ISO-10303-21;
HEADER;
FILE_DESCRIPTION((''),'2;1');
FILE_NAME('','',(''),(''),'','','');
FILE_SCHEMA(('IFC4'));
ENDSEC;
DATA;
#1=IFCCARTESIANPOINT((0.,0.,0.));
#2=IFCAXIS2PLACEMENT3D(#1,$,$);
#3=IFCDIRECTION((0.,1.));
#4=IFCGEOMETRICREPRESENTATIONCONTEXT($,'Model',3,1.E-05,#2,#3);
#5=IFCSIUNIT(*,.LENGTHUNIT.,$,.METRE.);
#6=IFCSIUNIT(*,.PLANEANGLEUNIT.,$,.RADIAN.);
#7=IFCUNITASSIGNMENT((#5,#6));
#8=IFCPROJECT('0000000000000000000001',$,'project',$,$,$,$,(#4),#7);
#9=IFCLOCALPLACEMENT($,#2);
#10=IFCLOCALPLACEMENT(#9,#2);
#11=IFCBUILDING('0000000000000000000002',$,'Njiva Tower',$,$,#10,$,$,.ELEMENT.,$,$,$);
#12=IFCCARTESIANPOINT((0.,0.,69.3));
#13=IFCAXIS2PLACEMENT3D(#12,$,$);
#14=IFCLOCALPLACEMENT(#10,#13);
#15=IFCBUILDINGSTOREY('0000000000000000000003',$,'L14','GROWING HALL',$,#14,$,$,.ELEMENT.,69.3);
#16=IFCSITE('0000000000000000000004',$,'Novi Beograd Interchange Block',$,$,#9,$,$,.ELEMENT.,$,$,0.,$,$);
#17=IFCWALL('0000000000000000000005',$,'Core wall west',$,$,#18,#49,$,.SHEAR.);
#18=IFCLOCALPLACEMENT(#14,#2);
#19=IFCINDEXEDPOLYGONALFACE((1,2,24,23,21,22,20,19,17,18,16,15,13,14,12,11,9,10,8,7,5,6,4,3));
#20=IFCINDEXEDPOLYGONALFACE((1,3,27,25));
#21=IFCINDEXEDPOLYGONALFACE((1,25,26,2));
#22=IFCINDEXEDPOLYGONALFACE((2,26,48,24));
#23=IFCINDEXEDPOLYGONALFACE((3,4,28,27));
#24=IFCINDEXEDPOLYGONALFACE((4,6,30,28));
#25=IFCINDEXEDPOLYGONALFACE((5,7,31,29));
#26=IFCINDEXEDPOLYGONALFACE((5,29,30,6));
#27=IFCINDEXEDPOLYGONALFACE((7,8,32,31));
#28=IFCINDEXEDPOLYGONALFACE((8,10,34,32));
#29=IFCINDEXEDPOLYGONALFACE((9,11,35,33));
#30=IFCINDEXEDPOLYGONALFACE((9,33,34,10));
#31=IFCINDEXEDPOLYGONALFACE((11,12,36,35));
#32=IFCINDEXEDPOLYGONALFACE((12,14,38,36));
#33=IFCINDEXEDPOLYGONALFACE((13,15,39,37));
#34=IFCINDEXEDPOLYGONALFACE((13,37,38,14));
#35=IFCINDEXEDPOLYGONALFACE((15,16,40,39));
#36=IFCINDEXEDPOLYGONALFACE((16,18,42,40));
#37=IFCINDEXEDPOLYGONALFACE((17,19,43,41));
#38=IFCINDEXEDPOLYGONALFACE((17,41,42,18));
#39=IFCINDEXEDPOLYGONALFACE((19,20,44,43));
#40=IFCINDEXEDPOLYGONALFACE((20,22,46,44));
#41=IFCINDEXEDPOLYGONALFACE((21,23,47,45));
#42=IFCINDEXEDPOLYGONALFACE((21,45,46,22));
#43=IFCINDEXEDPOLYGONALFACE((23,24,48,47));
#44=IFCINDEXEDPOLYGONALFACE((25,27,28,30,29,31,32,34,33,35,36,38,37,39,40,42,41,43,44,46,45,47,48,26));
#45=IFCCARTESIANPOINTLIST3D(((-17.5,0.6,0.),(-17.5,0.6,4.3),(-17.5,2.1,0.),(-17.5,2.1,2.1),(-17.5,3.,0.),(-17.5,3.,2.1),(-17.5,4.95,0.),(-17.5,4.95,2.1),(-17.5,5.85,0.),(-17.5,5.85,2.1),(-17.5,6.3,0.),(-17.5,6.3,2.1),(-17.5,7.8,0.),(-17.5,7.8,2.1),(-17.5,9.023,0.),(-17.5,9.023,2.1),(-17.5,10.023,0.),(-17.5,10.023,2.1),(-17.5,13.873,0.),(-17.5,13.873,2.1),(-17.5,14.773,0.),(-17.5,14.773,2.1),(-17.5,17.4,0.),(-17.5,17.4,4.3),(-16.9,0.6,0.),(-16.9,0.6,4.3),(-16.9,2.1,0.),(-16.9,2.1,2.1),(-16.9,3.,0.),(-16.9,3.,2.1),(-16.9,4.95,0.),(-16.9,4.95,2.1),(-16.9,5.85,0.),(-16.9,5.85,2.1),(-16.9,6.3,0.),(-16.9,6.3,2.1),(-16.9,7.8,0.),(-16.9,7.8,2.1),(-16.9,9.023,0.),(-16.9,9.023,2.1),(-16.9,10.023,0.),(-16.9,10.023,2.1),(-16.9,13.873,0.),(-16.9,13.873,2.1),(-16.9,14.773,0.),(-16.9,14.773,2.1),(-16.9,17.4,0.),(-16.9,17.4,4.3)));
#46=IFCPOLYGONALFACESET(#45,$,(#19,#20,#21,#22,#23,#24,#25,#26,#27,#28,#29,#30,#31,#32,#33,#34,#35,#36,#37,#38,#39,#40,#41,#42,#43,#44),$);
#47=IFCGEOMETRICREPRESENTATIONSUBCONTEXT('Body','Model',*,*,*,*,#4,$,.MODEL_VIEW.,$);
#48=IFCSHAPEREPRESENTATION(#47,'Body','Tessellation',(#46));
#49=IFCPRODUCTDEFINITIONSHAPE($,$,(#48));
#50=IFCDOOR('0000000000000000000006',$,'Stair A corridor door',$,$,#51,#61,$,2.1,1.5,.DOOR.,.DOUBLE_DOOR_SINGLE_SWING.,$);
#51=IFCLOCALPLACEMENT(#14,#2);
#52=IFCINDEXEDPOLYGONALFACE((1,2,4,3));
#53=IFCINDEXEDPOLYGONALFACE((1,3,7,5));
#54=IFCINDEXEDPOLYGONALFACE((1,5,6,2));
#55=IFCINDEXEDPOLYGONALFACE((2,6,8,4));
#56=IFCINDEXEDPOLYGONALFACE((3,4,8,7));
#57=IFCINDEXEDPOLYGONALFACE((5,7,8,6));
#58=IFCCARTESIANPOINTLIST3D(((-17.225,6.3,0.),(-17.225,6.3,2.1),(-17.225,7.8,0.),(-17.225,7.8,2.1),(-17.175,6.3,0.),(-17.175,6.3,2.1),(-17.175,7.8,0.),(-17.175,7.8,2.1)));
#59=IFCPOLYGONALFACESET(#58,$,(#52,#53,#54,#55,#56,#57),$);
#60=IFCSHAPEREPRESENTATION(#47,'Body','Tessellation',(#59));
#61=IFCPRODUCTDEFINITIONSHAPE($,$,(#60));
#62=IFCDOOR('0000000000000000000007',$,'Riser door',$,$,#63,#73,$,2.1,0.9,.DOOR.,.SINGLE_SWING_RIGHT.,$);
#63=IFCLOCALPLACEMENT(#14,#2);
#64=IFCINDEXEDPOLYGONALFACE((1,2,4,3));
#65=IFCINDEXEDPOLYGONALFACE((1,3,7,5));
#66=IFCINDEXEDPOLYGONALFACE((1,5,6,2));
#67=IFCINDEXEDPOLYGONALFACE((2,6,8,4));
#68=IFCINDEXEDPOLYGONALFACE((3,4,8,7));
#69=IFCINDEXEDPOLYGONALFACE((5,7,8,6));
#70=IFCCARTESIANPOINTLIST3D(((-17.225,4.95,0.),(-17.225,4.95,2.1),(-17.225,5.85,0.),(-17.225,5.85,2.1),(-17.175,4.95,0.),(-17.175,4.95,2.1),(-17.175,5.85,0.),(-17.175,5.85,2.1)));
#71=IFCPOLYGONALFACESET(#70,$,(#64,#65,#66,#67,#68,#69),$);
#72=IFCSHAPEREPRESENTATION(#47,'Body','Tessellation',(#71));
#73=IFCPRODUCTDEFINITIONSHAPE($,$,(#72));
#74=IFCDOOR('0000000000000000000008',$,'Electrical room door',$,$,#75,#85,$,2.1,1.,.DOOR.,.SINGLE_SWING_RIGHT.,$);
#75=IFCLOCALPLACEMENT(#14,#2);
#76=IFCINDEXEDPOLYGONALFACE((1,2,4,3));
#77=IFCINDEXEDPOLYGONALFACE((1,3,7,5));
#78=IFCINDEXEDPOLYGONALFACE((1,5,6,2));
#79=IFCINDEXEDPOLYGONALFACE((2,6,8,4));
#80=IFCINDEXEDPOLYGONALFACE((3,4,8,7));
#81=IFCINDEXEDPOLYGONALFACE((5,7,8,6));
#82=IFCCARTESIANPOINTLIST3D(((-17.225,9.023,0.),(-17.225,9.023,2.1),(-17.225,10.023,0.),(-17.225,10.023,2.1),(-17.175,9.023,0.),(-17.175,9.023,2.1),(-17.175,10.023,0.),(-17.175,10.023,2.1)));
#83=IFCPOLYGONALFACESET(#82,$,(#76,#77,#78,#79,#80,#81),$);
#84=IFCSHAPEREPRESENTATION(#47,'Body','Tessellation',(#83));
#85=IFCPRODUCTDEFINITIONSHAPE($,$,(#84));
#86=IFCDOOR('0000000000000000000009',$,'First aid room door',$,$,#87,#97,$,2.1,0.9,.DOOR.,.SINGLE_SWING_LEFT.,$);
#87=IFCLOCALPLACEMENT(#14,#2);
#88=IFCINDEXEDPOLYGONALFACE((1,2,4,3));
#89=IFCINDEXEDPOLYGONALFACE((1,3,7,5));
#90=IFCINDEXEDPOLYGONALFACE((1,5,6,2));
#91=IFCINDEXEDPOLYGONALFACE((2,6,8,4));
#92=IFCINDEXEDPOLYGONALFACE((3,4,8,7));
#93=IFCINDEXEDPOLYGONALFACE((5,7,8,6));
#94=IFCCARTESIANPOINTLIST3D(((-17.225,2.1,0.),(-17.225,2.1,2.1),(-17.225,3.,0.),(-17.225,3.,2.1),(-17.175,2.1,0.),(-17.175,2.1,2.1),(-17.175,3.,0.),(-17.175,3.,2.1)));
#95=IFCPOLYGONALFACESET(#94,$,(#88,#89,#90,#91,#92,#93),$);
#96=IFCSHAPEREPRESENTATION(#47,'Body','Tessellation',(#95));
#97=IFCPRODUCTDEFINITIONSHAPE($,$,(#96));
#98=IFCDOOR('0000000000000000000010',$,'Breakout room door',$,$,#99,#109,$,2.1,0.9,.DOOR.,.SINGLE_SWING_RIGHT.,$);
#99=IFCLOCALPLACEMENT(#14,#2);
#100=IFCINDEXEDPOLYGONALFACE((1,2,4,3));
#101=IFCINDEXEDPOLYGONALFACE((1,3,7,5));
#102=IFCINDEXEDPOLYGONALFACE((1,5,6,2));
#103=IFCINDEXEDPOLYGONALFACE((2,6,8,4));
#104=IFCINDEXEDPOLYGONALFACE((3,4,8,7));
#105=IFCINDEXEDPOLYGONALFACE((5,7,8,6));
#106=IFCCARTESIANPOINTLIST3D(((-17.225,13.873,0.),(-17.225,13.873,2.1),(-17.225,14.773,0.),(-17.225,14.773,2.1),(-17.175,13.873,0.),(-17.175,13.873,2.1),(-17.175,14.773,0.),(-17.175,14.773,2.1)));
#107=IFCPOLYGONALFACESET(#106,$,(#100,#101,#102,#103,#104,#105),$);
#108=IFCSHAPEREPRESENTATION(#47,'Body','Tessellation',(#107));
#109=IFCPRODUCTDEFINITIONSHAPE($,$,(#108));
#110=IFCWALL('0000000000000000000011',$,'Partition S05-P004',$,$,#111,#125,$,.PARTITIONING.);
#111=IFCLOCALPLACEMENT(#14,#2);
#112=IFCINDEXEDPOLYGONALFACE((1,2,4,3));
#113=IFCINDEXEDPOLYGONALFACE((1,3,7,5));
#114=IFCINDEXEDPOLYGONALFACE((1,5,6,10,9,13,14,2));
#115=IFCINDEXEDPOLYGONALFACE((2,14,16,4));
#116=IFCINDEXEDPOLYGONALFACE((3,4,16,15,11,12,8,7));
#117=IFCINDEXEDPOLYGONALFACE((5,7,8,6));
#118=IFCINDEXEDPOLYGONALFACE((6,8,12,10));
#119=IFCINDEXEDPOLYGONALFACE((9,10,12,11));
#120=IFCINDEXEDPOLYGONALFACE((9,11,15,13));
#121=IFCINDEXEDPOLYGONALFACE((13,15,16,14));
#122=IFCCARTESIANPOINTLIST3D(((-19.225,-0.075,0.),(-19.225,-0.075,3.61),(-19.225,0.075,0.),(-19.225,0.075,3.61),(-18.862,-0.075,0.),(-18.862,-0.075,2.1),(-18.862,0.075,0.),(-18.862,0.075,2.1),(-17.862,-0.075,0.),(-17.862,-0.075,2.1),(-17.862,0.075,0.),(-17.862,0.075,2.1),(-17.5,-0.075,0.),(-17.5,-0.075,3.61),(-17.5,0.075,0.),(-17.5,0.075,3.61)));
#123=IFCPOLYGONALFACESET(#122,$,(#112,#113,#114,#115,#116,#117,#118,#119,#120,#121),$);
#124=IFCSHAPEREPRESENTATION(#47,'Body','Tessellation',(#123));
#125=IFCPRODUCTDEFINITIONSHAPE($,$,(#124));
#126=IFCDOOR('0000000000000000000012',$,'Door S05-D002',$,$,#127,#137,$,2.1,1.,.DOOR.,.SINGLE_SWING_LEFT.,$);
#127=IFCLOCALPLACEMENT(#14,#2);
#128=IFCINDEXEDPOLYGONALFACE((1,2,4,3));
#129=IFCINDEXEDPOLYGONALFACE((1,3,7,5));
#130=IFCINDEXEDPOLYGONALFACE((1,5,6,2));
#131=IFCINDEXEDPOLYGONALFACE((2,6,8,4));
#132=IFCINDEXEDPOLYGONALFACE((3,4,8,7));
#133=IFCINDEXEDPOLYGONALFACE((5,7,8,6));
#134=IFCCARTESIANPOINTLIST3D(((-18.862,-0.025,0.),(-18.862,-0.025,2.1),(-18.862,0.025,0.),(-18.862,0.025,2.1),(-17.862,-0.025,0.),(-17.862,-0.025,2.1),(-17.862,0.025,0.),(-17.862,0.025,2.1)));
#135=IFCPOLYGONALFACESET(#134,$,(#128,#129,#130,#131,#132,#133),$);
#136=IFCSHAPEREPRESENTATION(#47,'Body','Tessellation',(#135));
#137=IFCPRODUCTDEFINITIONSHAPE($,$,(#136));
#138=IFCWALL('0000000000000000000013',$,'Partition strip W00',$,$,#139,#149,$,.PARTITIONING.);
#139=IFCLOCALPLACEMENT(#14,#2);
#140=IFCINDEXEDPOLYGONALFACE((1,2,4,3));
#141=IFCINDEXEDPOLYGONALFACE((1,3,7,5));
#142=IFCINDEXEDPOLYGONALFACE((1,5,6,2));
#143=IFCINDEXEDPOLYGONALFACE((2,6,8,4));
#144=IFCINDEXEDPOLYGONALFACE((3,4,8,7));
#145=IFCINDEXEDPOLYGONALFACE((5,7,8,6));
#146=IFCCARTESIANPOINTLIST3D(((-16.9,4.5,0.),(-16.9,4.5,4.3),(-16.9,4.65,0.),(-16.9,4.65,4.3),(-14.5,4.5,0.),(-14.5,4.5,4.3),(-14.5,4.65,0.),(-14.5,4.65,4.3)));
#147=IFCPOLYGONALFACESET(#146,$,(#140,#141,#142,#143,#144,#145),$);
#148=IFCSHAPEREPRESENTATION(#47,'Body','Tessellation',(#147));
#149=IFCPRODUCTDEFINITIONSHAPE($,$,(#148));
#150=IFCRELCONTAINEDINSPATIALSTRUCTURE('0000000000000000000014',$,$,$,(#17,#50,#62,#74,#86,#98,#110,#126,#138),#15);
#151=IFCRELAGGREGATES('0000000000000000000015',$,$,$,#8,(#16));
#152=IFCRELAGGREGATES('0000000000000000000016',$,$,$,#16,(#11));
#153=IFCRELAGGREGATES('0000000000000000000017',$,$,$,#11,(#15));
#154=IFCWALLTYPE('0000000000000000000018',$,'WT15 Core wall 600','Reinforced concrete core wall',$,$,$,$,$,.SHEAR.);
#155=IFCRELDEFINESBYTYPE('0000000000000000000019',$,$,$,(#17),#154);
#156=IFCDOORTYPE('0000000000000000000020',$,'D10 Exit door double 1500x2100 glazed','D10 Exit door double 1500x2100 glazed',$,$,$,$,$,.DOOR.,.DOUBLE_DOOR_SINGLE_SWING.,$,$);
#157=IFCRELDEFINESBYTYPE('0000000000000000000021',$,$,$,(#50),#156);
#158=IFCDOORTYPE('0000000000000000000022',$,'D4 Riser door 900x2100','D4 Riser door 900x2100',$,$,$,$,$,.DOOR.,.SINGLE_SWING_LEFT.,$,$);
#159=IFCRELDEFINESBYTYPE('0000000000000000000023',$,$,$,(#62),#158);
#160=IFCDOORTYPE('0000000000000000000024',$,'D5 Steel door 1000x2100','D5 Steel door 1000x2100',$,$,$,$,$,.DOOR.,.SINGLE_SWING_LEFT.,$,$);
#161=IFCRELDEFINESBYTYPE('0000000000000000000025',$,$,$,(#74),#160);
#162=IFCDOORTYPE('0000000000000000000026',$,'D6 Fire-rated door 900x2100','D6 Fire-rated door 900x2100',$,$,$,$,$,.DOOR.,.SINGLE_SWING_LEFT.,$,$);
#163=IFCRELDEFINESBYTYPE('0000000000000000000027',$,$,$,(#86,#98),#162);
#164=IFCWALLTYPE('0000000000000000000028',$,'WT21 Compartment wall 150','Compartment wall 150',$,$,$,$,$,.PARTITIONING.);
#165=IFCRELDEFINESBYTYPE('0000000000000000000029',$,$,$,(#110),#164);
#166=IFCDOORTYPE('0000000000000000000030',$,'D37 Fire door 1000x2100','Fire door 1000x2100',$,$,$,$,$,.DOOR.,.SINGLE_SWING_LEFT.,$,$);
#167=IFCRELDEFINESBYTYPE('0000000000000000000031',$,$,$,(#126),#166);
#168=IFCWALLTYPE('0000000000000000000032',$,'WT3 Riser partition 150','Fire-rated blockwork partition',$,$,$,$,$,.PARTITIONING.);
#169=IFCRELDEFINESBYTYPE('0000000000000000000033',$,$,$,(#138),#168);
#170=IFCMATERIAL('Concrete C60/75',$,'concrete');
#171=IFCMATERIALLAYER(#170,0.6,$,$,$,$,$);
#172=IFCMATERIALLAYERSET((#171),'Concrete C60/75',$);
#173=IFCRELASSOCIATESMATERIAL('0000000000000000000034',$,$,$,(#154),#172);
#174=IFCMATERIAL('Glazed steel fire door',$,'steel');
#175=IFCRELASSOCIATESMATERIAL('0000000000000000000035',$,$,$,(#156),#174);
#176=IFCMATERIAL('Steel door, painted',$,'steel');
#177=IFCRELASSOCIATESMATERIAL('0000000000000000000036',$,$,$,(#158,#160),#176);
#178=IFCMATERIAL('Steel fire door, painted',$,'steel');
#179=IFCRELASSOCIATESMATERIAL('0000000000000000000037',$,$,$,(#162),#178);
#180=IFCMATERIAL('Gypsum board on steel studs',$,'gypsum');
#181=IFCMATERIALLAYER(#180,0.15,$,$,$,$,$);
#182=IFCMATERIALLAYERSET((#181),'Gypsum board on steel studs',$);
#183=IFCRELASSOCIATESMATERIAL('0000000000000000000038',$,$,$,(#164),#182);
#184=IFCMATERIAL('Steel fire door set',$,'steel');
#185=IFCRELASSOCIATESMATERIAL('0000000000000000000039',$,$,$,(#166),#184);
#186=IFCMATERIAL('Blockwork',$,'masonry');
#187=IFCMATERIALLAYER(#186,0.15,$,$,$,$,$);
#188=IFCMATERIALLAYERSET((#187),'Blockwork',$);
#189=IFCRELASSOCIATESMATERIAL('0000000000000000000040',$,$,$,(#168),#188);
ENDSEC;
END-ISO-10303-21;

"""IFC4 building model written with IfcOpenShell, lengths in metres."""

from ifc_helpers import new_model, si_unit, direction, frame, frame_2d, origin, place, context, subcontext, project, spatial, rectangle, extrude, material, layer, layer_set, type_object, element, fill, save


model = new_model("IFC4")

# Units and contexts
model_context = context("Model", 3, precision=1e-05, world=origin(), true_north=direction((0.0, 1.0)))
body_context = subcontext(model_context, "Body", "Model", "MODEL_VIEW")
ifc_project = project(units=[si_unit("LENGTHUNIT", "METRE"), si_unit("PLANEANGLEUNIT", "RADIAN")], contexts=[model_context])

# Site, building, storey
site_placement = place(None, origin())
site = spatial("IfcSite", under=ifc_project, at=site_placement, Name="Novi Beograd Interchange Block", CompositionType="ELEMENT", RefElevation=0.0)
building_placement = place(site_placement, origin())
building = spatial("IfcBuilding", under=site, at=building_placement, Name="Njiva Tower", CompositionType="ELEMENT")
storey_placement = place(building_placement, frame((0.0, 0.0, 69.3)))
storey = spatial("IfcBuildingStorey", under=building, at=storey_placement, Name="L14", Description="GROWING HALL", CompositionType="ELEMENT", Elevation=69.3)

# Wall, openings, doors
ifc_material_1 = material(Name="Concrete C60/75", Category="concrete")
ifc_layer_1 = layer(ifc_material_1, 0.6)
ifc_layer_set_1 = layer_set([ifc_layer_1], Name="Concrete C60/75")
wall_type_1 = type_object("IfcWallType", Name="WT15 Core wall 600", Description="Reinforced concrete core wall", PredefinedType="SHEAR", material=ifc_layer_set_1)
wall_1_placement = place(storey_placement, frame((-17.2, 0.6, 0.0), z_axis=(0.0, 0.0, 1.0), x_axis=(0.0, 1.0, 0.0)))
wall_1 = element("IfcWall", 1, at=wall_1_placement, inside=storey, type_object=wall_type_1, Name="Core wall west", PredefinedType="SHEAR", context=body_context, shape_type="SweptSolid", body=[
    extrude(rectangle(XDim=16.8, YDim=0.6, at=frame_2d((8.4, 0.0))), origin(), (0.0, 0.0, 1.0), 4.3),
])
opening_1_placement = place(wall_1_placement, frame((5.7, 0.0, 0.0)))
opening_1 = element("IfcOpeningElement", 2, at=opening_1_placement, cuts=wall_1, PredefinedType="OPENING", context=body_context, shape_type="SweptSolid", body=[
    extrude(rectangle(XDim=1.5, YDim=2.1, at=frame_2d((0.75, 1.05))), frame((0.0, 0.31, 0.0), z_axis=(0.0, -1.0, 0.0), x_axis=(1.0, 0.0, 0.0)), (0.0, 0.0, 1.0), 0.62),
])
opening_2_placement = place(wall_1_placement, frame((1.5, 0.0, 0.0)))
opening_2 = element("IfcOpeningElement", 3, at=opening_2_placement, cuts=wall_1, PredefinedType="OPENING", context=body_context, shape_type="SweptSolid", body=[
    extrude(rectangle(XDim=0.9, YDim=2.1, at=frame_2d((0.45, 1.05))), frame((0.0, 0.31, 0.0), z_axis=(0.0, -1.0, 0.0), x_axis=(1.0, 0.0, 0.0)), (0.0, 0.0, 1.0), 0.62),
])
opening_3_placement = place(wall_1_placement, frame((4.35, 0.0, 0.0)))
opening_3 = element("IfcOpeningElement", 4, at=opening_3_placement, cuts=wall_1, PredefinedType="OPENING", context=body_context, shape_type="SweptSolid", body=[
    extrude(rectangle(XDim=0.9, YDim=2.1, at=frame_2d((0.45, 1.05))), frame((0.0, 0.31, 0.0), z_axis=(0.0, -1.0, 0.0), x_axis=(1.0, 0.0, 0.0)), (0.0, 0.0, 1.0), 0.62),
])
opening_4_placement = place(wall_1_placement, frame((8.423, 0.0, 0.0)))
opening_4 = element("IfcOpeningElement", 5, at=opening_4_placement, cuts=wall_1, PredefinedType="OPENING", context=body_context, shape_type="SweptSolid", body=[
    extrude(rectangle(XDim=1.0, YDim=2.1, at=frame_2d((0.5, 1.05))), frame((0.0, 0.31, 0.0), z_axis=(0.0, -1.0, 0.0), x_axis=(1.0, 0.0, 0.0)), (0.0, 0.0, 1.0), 0.62),
])
opening_5_placement = place(wall_1_placement, frame((13.273, 0.0, 0.0)))
opening_5 = element("IfcOpeningElement", 6, at=opening_5_placement, cuts=wall_1, PredefinedType="OPENING", context=body_context, shape_type="SweptSolid", body=[
    extrude(rectangle(XDim=0.9, YDim=2.1, at=frame_2d((0.45, 1.05))), frame((0.0, 0.31, 0.0), z_axis=(0.0, -1.0, 0.0), x_axis=(1.0, 0.0, 0.0)), (0.0, 0.0, 1.0), 0.62),
])
ifc_material_2 = material(Name="Glazed steel fire door", Category="steel")
door_type_1 = type_object("IfcDoorType", Name="D10 Exit door double 1500x2100 glazed", Description="D10 Exit door double 1500x2100 glazed", OperationType="DOUBLE_DOOR_SINGLE_SWING", PredefinedType="DOOR", material=ifc_material_2)
door_1_placement = place(opening_1_placement, origin())
door_1 = element("IfcDoor", 7, at=door_1_placement, inside=storey, type_object=door_type_1, Name="Stair A corridor door", OperationType="DOUBLE_DOOR_SINGLE_SWING", OverallHeight=2.1, OverallWidth=1.5, PredefinedType="DOOR", context=body_context, shape_type="SweptSolid", body=[
    extrude(rectangle(XDim=1.5, YDim=2.1, at=frame_2d((0.75, 1.05))), frame((0.0, 0.025, 0.0), z_axis=(0.0, -1.0, 0.0), x_axis=(1.0, 0.0, 0.0)), (0.0, 0.0, 1.0), 0.05),
])
fill(opening_1, door_1)
ifc_material_3 = material(Name="Steel door, painted", Category="steel")
door_type_2 = type_object("IfcDoorType", Name="D4 Riser door 900x2100", Description="D4 Riser door 900x2100", OperationType="SINGLE_SWING_LEFT", PredefinedType="DOOR", material=ifc_material_3)
door_2_placement = place(opening_3_placement, origin())
door_2 = element("IfcDoor", 8, at=door_2_placement, inside=storey, type_object=door_type_2, Name="Riser door", OperationType="SINGLE_SWING_RIGHT", OverallHeight=2.1, OverallWidth=0.9, PredefinedType="DOOR", context=body_context, shape_type="SweptSolid", body=[
    extrude(rectangle(XDim=0.9, YDim=2.1, at=frame_2d((0.45, 1.05))), frame((0.0, 0.025, 0.0), z_axis=(0.0, -1.0, 0.0), x_axis=(1.0, 0.0, 0.0)), (0.0, 0.0, 1.0), 0.05),
])
fill(opening_3, door_2)
door_type_3 = type_object("IfcDoorType", Name="D5 Steel door 1000x2100", Description="D5 Steel door 1000x2100", OperationType="SINGLE_SWING_LEFT", PredefinedType="DOOR", material=ifc_material_3)
door_3_placement = place(opening_4_placement, origin())
door_3 = element("IfcDoor", 9, at=door_3_placement, inside=storey, type_object=door_type_3, Name="Electrical room door", OperationType="SINGLE_SWING_RIGHT", OverallHeight=2.1, OverallWidth=1.0, PredefinedType="DOOR", context=body_context, shape_type="SweptSolid", body=[
    extrude(rectangle(XDim=1.0, YDim=2.1, at=frame_2d((0.5, 1.05))), frame((0.0, 0.025, 0.0), z_axis=(0.0, -1.0, 0.0), x_axis=(1.0, 0.0, 0.0)), (0.0, 0.0, 1.0), 0.05),
])
fill(opening_4, door_3)
ifc_material_4 = material(Name="Steel fire door, painted", Category="steel")
door_type_4 = type_object("IfcDoorType", Name="D6 Fire-rated door 900x2100", Description="D6 Fire-rated door 900x2100", OperationType="SINGLE_SWING_LEFT", PredefinedType="DOOR", material=ifc_material_4)
door_4_placement = place(opening_2_placement, origin())
door_4 = element("IfcDoor", 10, at=door_4_placement, inside=storey, type_object=door_type_4, Name="First aid room door", OperationType="SINGLE_SWING_LEFT", OverallHeight=2.1, OverallWidth=0.9, PredefinedType="DOOR", context=body_context, shape_type="SweptSolid", body=[
    extrude(rectangle(XDim=0.9, YDim=2.1, at=frame_2d((0.45, 1.05))), frame((0.0, 0.025, 0.0), z_axis=(0.0, -1.0, 0.0), x_axis=(1.0, 0.0, 0.0)), (0.0, 0.0, 1.0), 0.05),
])
fill(opening_2, door_4)
door_5_placement = place(opening_5_placement, origin())
door_5 = element("IfcDoor", 11, at=door_5_placement, inside=storey, type_object=door_type_4, Name="Breakout room door", OperationType="SINGLE_SWING_RIGHT", OverallHeight=2.1, OverallWidth=0.9, PredefinedType="DOOR", context=body_context, shape_type="SweptSolid", body=[
    extrude(rectangle(XDim=0.9, YDim=2.1, at=frame_2d((0.45, 1.05))), frame((0.0, 0.025, 0.0), z_axis=(0.0, -1.0, 0.0), x_axis=(1.0, 0.0, 0.0)), (0.0, 0.0, 1.0), 0.05),
])
fill(opening_5, door_5)

# Wall, opening, door
ifc_material_5 = material(Name="Gypsum board on steel studs", Category="gypsum")
ifc_layer_2 = layer(ifc_material_5, 0.15)
ifc_layer_set_2 = layer_set([ifc_layer_2], Name="Gypsum board on steel studs")
wall_type_2 = type_object("IfcWallType", Name="WT21 Compartment wall 150", Description="Compartment wall 150", PredefinedType="PARTITIONING", material=ifc_layer_set_2)
wall_2_placement = place(storey_placement, frame((-19.225, 0.0, 0.0), z_axis=(0.0, 0.0, 1.0), x_axis=(1.0, 0.0, 0.0)))
wall_2 = element("IfcWall", 12, at=wall_2_placement, inside=storey, type_object=wall_type_2, Name="Partition S05-P004", PredefinedType="PARTITIONING", context=body_context, shape_type="SweptSolid", body=[
    extrude(rectangle(XDim=1.725, YDim=0.15, at=frame_2d((0.8625, 0.0))), origin(), (0.0, 0.0, 1.0), 3.61),
])
opening_6_placement = place(wall_2_placement, frame((0.363, 0.0, 0.0)))
opening_6 = element("IfcOpeningElement", 13, at=opening_6_placement, cuts=wall_2, PredefinedType="OPENING", context=body_context, shape_type="SweptSolid", body=[
    extrude(rectangle(XDim=1.0, YDim=2.1, at=frame_2d((0.5, 1.05))), frame((0.0, 0.085, 0.0), z_axis=(0.0, -1.0, 0.0), x_axis=(1.0, 0.0, 0.0)), (0.0, 0.0, 1.0), 0.17),
])
ifc_material_6 = material(Name="Steel fire door set", Category="steel")
door_type_5 = type_object("IfcDoorType", Name="D37 Fire door 1000x2100", Description="Fire door 1000x2100", OperationType="SINGLE_SWING_LEFT", PredefinedType="DOOR", material=ifc_material_6)
door_6_placement = place(opening_6_placement, origin())
door_6 = element("IfcDoor", 14, at=door_6_placement, inside=storey, type_object=door_type_5, Name="Door S05-D002", OperationType="SINGLE_SWING_LEFT", OverallHeight=2.1, OverallWidth=1.0, PredefinedType="DOOR", context=body_context, shape_type="SweptSolid", body=[
    extrude(rectangle(XDim=1.0, YDim=2.1, at=frame_2d((0.5, 1.05))), frame((0.0, 0.025, 0.0), z_axis=(0.0, -1.0, 0.0), x_axis=(1.0, 0.0, 0.0)), (0.0, 0.0, 1.0), 0.05),
])
fill(opening_6, door_6)

# Wall
ifc_material_7 = material(Name="Blockwork", Category="masonry")
ifc_layer_3 = layer(ifc_material_7, 0.15)
ifc_layer_set_3 = layer_set([ifc_layer_3], Name="Blockwork")
wall_type_3 = type_object("IfcWallType", Name="WT3 Riser partition 150", Description="Fire-rated blockwork partition", PredefinedType="PARTITIONING", material=ifc_layer_set_3)
wall_3_placement = place(storey_placement, frame((-16.9, 4.575, 0.0), z_axis=(0.0, 0.0, 1.0), x_axis=(1.0, 0.0, 0.0)))
element("IfcWall", 15, at=wall_3_placement, inside=storey, type_object=wall_type_3, Name="Partition strip W00", PredefinedType="PARTITIONING", context=body_context, shape_type="SweptSolid", body=[
    extrude(rectangle(XDim=2.4, YDim=0.15, at=frame_2d((1.2, 0.0))), origin(), (0.0, 0.0, 1.0), 4.3),
])

save(model, "model.ifc")
